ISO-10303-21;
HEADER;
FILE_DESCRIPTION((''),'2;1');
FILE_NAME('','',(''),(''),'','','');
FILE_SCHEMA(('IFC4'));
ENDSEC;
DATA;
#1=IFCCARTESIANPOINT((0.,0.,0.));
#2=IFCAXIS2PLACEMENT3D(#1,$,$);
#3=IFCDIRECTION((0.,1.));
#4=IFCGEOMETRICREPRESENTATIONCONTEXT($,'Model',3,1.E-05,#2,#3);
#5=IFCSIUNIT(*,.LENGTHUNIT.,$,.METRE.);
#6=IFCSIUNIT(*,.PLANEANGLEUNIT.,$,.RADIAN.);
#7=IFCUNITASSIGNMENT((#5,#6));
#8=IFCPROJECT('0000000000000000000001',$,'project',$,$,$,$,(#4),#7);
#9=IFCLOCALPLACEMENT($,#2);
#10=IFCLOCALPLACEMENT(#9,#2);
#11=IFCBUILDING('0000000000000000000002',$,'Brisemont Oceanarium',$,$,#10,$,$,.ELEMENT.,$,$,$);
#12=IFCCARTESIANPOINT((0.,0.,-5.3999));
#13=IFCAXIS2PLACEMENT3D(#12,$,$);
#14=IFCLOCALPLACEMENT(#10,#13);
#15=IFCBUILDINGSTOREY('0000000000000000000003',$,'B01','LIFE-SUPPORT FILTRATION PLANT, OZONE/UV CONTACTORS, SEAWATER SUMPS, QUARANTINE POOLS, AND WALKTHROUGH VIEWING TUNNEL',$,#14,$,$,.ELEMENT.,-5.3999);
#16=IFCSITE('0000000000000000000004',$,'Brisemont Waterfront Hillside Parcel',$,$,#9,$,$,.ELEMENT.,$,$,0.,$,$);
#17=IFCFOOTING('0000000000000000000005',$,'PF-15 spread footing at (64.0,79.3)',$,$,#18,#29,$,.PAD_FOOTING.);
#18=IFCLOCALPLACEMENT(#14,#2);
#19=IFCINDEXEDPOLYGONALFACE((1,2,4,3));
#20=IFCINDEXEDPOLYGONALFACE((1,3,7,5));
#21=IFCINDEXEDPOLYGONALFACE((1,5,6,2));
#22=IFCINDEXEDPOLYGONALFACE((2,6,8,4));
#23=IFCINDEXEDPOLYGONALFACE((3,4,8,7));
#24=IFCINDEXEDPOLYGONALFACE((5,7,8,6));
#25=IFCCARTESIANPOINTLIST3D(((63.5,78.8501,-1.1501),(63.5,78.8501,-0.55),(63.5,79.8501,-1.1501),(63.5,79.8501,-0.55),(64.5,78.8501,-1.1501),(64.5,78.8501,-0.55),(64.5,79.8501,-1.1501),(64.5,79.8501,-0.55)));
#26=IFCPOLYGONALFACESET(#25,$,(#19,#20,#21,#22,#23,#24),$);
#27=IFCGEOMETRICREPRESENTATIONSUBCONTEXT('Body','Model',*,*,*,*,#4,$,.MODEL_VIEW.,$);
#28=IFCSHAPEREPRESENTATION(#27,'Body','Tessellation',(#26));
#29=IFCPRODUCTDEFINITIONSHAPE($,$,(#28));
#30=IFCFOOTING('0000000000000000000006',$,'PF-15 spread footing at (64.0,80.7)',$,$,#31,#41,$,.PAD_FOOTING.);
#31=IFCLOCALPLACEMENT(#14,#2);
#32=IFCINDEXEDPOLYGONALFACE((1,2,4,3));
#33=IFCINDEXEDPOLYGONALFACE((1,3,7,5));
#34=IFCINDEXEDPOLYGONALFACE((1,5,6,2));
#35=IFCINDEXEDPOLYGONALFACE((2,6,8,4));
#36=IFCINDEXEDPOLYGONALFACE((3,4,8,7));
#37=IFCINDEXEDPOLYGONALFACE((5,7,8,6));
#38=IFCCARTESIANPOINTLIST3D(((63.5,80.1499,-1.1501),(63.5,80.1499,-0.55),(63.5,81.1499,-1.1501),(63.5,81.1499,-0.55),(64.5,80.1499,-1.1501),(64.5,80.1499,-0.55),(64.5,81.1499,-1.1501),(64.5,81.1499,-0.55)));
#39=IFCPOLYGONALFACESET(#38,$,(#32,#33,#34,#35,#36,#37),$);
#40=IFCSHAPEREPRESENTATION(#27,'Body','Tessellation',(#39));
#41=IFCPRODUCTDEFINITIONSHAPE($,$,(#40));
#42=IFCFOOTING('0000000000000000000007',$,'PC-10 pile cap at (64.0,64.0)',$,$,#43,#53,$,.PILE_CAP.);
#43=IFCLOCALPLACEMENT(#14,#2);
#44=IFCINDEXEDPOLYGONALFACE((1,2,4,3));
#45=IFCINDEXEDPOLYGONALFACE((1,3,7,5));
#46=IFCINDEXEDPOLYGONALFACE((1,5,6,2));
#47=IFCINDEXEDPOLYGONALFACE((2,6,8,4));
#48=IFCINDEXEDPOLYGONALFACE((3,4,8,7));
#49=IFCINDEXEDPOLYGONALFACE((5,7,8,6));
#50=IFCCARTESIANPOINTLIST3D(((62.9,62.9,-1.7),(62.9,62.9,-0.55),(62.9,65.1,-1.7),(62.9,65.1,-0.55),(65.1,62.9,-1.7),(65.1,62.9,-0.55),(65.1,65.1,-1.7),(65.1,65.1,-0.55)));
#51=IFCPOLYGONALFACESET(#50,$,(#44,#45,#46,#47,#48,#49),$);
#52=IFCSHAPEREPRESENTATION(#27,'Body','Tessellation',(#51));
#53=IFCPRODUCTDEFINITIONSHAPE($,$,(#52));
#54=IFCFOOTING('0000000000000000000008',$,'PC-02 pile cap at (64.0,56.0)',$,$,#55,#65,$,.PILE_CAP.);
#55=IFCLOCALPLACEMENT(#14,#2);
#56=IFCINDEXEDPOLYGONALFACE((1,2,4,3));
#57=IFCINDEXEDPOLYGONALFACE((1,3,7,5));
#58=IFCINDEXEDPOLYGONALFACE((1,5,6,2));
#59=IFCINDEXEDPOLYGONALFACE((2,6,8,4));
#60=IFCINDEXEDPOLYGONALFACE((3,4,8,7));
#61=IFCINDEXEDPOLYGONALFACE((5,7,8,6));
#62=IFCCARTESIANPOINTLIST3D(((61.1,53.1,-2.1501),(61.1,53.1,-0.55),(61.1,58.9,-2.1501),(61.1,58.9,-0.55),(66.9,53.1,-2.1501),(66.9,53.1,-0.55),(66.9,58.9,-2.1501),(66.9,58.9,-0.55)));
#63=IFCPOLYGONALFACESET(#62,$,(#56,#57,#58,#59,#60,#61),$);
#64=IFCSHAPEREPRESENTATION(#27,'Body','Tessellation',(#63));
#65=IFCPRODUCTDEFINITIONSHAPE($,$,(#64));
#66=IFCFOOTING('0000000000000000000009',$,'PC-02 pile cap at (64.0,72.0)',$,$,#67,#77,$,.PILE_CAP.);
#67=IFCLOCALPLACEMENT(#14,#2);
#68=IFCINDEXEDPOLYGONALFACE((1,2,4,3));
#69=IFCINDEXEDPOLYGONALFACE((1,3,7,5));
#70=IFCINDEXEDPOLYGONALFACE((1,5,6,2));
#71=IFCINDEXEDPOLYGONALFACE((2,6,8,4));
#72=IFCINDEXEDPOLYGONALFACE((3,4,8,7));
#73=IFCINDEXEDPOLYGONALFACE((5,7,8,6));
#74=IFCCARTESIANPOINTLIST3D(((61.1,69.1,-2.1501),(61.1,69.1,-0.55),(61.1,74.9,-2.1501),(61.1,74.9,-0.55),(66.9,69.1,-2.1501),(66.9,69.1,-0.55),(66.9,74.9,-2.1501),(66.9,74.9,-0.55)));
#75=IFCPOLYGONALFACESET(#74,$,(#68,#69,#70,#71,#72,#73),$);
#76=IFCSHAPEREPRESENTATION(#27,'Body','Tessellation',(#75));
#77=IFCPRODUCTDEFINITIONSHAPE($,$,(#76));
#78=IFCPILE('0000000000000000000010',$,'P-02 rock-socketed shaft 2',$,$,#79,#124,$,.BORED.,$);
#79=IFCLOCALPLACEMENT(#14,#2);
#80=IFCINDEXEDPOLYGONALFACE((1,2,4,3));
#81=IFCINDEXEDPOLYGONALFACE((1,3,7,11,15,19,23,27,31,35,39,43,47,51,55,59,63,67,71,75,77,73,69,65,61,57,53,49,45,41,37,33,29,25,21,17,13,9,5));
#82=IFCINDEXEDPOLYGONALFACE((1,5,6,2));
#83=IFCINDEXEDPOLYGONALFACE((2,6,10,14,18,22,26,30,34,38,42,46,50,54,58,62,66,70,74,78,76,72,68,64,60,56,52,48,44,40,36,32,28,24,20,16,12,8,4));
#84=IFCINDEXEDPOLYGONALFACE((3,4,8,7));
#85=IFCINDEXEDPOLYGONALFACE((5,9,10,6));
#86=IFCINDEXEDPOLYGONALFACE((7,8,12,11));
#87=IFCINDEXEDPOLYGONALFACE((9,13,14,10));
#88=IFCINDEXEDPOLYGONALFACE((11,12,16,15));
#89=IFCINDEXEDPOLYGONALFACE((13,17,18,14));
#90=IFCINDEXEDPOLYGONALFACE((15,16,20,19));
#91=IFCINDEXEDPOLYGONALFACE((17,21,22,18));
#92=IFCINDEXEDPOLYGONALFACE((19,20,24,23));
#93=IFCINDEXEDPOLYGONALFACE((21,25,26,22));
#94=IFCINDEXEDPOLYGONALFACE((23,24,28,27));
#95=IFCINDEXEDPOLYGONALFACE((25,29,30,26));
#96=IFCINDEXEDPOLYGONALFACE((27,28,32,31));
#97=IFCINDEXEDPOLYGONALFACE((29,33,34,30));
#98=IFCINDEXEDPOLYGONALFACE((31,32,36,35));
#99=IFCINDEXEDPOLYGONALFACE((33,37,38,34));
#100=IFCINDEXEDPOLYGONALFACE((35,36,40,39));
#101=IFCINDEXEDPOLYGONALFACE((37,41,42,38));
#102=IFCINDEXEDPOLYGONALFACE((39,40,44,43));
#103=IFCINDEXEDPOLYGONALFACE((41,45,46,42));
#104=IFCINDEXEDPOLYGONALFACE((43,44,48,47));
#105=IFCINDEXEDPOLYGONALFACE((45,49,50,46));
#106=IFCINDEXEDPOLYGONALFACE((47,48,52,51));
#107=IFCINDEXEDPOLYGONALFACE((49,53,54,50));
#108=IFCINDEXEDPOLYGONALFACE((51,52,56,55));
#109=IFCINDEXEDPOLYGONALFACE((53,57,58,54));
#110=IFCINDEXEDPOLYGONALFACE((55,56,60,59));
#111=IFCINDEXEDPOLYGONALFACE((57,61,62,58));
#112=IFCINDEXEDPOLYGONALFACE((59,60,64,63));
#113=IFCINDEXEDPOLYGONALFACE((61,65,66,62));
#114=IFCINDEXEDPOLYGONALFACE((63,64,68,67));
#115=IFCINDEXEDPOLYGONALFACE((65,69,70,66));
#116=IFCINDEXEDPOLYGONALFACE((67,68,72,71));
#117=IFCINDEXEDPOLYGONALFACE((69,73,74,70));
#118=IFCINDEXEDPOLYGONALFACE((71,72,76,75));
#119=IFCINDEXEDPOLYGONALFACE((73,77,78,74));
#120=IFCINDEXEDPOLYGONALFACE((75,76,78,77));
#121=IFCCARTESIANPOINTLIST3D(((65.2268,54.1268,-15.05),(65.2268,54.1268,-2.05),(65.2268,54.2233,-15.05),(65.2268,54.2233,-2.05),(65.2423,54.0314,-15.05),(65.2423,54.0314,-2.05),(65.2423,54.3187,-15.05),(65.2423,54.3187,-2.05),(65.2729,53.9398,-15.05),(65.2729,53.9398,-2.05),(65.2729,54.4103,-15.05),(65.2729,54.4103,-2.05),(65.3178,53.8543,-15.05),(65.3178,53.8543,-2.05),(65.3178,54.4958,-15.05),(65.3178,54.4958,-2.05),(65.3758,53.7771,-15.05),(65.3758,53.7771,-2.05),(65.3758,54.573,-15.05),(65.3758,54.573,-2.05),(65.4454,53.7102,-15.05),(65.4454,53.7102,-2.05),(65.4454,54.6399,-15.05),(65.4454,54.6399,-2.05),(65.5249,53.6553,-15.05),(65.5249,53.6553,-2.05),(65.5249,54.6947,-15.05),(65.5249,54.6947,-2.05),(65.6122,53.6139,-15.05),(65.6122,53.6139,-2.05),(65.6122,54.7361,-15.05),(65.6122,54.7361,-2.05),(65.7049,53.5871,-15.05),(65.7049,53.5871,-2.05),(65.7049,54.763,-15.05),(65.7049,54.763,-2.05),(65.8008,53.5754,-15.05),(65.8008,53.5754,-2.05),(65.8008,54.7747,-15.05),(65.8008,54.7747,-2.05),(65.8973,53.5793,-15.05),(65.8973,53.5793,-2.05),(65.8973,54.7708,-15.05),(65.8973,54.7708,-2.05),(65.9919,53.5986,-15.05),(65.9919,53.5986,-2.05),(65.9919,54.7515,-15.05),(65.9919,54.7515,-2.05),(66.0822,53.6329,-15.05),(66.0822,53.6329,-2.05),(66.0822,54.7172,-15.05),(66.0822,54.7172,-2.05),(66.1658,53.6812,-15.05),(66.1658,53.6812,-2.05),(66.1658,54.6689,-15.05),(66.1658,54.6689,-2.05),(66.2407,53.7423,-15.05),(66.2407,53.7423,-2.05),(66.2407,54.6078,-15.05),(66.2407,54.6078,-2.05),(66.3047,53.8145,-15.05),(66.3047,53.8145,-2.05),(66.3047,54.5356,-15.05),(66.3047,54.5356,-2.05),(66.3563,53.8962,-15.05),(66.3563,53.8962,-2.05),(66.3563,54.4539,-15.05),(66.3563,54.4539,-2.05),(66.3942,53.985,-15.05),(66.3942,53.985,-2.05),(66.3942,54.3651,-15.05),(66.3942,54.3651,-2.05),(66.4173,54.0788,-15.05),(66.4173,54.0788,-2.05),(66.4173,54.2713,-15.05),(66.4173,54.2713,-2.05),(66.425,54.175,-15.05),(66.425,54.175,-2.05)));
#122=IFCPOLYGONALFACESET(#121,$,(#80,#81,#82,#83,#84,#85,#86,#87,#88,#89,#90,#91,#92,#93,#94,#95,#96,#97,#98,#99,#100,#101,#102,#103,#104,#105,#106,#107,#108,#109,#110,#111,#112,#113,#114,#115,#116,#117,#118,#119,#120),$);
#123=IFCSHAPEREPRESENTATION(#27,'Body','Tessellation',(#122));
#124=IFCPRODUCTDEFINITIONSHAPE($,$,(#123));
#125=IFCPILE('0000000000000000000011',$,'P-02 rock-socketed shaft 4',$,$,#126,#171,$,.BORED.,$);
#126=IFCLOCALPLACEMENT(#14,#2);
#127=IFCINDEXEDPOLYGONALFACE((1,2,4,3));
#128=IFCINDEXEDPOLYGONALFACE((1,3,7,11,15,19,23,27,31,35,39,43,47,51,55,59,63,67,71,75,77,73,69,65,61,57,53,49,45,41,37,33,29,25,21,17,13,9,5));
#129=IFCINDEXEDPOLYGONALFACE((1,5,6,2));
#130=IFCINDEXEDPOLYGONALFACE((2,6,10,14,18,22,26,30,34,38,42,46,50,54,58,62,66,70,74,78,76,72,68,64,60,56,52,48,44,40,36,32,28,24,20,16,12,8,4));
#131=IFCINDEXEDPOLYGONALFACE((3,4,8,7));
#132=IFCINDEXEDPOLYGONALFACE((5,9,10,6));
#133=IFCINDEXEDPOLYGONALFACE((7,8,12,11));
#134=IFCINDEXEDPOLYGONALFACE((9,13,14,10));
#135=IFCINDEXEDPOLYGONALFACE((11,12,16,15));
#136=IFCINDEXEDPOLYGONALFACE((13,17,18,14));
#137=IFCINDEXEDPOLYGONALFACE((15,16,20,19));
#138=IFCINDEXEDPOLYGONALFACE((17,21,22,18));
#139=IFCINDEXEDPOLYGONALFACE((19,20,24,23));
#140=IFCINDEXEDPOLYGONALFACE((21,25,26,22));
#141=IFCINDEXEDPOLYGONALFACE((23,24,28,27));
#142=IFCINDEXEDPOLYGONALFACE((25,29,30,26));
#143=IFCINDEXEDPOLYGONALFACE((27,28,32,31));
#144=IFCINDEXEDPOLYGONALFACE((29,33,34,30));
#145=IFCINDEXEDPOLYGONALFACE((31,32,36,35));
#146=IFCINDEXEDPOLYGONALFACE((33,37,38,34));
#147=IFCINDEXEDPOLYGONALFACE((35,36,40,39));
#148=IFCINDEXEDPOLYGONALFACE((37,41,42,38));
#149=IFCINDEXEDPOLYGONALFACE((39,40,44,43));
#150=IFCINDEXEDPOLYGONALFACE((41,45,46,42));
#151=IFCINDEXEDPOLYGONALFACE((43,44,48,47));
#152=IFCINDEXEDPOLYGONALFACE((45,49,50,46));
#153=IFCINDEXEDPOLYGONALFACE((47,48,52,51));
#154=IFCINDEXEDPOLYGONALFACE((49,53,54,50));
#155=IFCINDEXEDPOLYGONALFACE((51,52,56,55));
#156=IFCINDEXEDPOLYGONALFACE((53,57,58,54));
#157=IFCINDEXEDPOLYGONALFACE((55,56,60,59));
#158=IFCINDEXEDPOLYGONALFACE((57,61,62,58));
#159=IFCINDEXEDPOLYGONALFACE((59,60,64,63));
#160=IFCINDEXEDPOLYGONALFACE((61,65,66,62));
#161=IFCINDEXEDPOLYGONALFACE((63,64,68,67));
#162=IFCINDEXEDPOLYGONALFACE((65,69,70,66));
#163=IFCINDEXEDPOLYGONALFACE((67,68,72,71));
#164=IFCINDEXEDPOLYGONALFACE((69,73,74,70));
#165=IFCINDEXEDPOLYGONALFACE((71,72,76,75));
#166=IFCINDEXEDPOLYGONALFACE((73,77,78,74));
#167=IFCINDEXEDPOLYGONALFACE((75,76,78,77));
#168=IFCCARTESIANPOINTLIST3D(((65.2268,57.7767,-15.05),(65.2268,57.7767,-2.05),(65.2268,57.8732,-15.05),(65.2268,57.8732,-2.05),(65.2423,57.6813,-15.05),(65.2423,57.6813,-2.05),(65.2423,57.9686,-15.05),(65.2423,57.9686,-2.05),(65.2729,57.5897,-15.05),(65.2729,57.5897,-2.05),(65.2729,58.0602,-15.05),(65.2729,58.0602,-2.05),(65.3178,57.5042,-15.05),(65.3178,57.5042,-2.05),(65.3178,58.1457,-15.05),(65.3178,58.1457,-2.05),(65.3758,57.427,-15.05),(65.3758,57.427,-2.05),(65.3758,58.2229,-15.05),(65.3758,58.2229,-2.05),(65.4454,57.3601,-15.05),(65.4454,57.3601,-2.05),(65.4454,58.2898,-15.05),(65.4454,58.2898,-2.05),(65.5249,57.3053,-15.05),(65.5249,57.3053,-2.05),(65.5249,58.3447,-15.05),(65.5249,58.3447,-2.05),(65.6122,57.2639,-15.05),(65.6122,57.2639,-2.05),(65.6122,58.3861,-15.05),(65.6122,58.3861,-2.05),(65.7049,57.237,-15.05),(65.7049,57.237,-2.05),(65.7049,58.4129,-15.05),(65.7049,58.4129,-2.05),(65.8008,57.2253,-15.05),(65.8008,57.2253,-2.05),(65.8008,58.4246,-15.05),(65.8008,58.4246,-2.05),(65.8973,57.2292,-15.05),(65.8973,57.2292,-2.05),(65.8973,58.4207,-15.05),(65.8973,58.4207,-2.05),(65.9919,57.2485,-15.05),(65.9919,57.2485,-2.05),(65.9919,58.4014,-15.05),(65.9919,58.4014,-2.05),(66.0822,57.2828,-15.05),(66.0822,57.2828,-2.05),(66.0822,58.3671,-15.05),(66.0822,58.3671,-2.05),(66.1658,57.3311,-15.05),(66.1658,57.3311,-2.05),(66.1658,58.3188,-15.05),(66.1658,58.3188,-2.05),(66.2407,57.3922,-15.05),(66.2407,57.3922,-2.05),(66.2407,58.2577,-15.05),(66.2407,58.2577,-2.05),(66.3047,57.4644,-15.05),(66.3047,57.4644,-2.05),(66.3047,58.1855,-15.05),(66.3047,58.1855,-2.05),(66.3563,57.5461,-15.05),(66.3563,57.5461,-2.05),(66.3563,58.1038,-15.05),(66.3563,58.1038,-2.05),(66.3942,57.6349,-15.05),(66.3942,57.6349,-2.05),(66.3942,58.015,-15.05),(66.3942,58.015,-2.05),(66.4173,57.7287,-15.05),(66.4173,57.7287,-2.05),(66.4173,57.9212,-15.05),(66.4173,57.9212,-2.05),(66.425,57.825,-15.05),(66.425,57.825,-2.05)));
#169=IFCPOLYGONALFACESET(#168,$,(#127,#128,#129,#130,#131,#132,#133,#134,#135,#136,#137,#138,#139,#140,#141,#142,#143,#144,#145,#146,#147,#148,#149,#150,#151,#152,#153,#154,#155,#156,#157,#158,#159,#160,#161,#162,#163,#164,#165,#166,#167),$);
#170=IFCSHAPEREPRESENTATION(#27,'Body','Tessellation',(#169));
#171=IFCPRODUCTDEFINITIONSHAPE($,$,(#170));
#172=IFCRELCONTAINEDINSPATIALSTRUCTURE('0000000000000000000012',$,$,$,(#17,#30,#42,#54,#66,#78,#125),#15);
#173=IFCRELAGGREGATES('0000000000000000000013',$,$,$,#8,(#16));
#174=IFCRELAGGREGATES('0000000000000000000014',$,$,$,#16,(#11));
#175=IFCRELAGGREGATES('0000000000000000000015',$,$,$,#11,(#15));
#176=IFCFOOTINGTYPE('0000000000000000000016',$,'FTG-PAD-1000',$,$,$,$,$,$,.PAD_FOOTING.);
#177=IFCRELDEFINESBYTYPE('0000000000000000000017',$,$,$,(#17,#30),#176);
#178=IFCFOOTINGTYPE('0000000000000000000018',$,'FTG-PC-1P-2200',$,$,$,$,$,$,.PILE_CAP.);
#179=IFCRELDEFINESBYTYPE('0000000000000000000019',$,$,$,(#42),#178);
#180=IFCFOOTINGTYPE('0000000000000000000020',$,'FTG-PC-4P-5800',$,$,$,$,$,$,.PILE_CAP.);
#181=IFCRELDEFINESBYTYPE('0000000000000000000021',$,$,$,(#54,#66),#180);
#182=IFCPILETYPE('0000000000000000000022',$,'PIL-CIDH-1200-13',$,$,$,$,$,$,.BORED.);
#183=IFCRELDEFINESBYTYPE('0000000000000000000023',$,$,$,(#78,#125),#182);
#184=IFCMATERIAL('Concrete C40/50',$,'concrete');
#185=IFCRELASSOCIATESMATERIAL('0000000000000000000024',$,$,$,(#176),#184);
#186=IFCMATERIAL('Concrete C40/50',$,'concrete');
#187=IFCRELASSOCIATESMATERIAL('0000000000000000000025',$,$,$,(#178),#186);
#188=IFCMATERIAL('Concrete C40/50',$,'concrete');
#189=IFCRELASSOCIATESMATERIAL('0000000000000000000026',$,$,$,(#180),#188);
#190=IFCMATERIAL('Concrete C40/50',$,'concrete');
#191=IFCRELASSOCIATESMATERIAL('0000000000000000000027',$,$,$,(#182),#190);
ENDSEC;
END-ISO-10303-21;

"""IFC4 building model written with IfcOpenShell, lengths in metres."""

from ifc_helpers import new_model, si_unit, direction, frame, origin, origin_2d, place, context, subcontext, project, spatial, rectangle, circle, extrude, material, material_profile, profile_set, type_object, element, save


model = new_model("IFC4")

# Units and contexts
model_context = context("Model", 3, precision=1e-05, world=origin(), true_north=direction((0.0, 1.0)))
body_context = subcontext(model_context, "Body", "Model", "MODEL_VIEW")
ifc_project = project(units=[si_unit("LENGTHUNIT", "METRE"), si_unit("PLANEANGLEUNIT", "RADIAN")], contexts=[model_context])

# Site, building, storey
site_placement = place(None, origin())
site = spatial("IfcSite", under=ifc_project, at=site_placement, Name="Brisemont Waterfront Hillside Parcel", CompositionType="ELEMENT", RefElevation=0.0)
building_placement = place(site_placement, origin())
building = spatial("IfcBuilding", under=site, at=building_placement, Name="Brisemont Oceanarium", CompositionType="ELEMENT")
storey_placement = place(building_placement, frame((0.0, 0.0, -5.3999)))
storey = spatial("IfcBuildingStorey", under=building, at=storey_placement, Name="B01", Description="LIFE-SUPPORT FILTRATION PLANT, OZONE/UV CONTACTORS, SEAWATER SUMPS, QUARANTINE POOLS, AND WALKTHROUGH VIEWING TUNNEL", CompositionType="ELEMENT", Elevation=-5.3999)

# Footings
ifc_material_1 = material(Name="Concrete C40/50", Category="concrete")
footing_type_1 = type_object("IfcFootingType", Name="FTG-PAD-1000", PredefinedType="PAD_FOOTING", material=ifc_material_1)
for number, where, z_axis, x_axis, name in (
    (1, (64.0, 79.3501, -1.1501), (0.0, 0.0, 1.0), (1.0, 0.0, 0.0), "PF-15 spread footing at (64.0,79.3)"),
    (2, (64.0, 80.6499, -1.1501), (0.0, 0.0, 1.0), (1.0, 0.0, 0.0), "PF-15 spread footing at (64.0,80.7)"),
):
    element("IfcFooting", number, at=place(storey_placement, frame(where, z_axis=z_axis, x_axis=x_axis)), inside=storey, type_object=footing_type_1, Name=name, PredefinedType="PAD_FOOTING", context=body_context, shape_type="SweptSolid", body=[
        extrude(rectangle(XDim=1.0, YDim=1.0, at=origin_2d()), origin(), (0.0, 0.0, 1.0), 0.6001),
    ])
ifc_material_2 = material(Name="Concrete C40/50", Category="concrete")
footing_type_2 = type_object("IfcFootingType", Name="FTG-PC-1P-2200", PredefinedType="PILE_CAP", material=ifc_material_2)
footing_placement = place(storey_placement, frame((64.0, 64.0, -1.7), z_axis=(0.0, 0.0, 1.0), x_axis=(1.0, 0.0, 0.0)))
element("IfcFooting", 3, at=footing_placement, inside=storey, type_object=footing_type_2, Name="PC-10 pile cap at (64.0,64.0)", PredefinedType="PILE_CAP", context=body_context, shape_type="SweptSolid", body=[
    extrude(rectangle(XDim=2.2, YDim=2.2, at=origin_2d()), origin(), (0.0, 0.0, 1.0), 1.1499),
])
ifc_material_3 = material(Name="Concrete C40/50", Category="concrete")
footing_type_3 = type_object("IfcFootingType", Name="FTG-PC-4P-5800", PredefinedType="PILE_CAP", material=ifc_material_3)
for number, where, z_axis, x_axis, name in (
    (4, (64.0, 56.0, -2.1501), (0.0, 0.0, 1.0), (1.0, 0.0, 0.0), "PC-02 pile cap at (64.0,56.0)"),
    (5, (64.0, 72.0, -2.1501), (0.0, 0.0, 1.0), (1.0, 0.0, 0.0), "PC-02 pile cap at (64.0,72.0)"),
):
    element("IfcFooting", number, at=place(storey_placement, frame(where, z_axis=z_axis, x_axis=x_axis)), inside=storey, type_object=footing_type_3, Name=name, PredefinedType="PILE_CAP", context=body_context, shape_type="SweptSolid", body=[
        extrude(rectangle(XDim=5.8, YDim=5.8, at=origin_2d()), origin(), (0.0, 0.0, 1.0), 1.6001),
    ])

# Piles
ifc_material_4 = material(Name="Concrete C40/50", Category="concrete")
ifc_material_profile_1 = material_profile(ifc_material_4, circle(Radius=0.6001, at=origin_2d()), Name="CIDH-D1200")
ifc_profile_set_1 = profile_set([ifc_material_profile_1], Name="Concrete C40/50")
pile_type_1 = type_object("IfcPileType", Name="PIL-CIDH-1200-13", PredefinedType="BORED", material=ifc_profile_set_1)
for number, where, z_axis, x_axis, name in (
    (6, (65.825, 54.175, -2.05), (0.0, 0.0, -1.0), (1.0, 0.0, 0.0), "P-02 rock-socketed shaft 2"),
    (7, (65.825, 57.825, -2.05), (0.0, 0.0, -1.0), (1.0, 0.0, 0.0), "P-02 rock-socketed shaft 4"),
):
    element("IfcPile", number, at=place(storey_placement, frame(where, z_axis=z_axis, x_axis=x_axis)), inside=storey, type_object=pile_type_1, Name=name, PredefinedType="BORED", context=body_context, shape_type="SweptSolid", body=[
        extrude(circle(Radius=0.6001, at=origin_2d()), origin(), (0.0, 0.0, 1.0), 13.0),
    ])

save(model, "model.ifc")
